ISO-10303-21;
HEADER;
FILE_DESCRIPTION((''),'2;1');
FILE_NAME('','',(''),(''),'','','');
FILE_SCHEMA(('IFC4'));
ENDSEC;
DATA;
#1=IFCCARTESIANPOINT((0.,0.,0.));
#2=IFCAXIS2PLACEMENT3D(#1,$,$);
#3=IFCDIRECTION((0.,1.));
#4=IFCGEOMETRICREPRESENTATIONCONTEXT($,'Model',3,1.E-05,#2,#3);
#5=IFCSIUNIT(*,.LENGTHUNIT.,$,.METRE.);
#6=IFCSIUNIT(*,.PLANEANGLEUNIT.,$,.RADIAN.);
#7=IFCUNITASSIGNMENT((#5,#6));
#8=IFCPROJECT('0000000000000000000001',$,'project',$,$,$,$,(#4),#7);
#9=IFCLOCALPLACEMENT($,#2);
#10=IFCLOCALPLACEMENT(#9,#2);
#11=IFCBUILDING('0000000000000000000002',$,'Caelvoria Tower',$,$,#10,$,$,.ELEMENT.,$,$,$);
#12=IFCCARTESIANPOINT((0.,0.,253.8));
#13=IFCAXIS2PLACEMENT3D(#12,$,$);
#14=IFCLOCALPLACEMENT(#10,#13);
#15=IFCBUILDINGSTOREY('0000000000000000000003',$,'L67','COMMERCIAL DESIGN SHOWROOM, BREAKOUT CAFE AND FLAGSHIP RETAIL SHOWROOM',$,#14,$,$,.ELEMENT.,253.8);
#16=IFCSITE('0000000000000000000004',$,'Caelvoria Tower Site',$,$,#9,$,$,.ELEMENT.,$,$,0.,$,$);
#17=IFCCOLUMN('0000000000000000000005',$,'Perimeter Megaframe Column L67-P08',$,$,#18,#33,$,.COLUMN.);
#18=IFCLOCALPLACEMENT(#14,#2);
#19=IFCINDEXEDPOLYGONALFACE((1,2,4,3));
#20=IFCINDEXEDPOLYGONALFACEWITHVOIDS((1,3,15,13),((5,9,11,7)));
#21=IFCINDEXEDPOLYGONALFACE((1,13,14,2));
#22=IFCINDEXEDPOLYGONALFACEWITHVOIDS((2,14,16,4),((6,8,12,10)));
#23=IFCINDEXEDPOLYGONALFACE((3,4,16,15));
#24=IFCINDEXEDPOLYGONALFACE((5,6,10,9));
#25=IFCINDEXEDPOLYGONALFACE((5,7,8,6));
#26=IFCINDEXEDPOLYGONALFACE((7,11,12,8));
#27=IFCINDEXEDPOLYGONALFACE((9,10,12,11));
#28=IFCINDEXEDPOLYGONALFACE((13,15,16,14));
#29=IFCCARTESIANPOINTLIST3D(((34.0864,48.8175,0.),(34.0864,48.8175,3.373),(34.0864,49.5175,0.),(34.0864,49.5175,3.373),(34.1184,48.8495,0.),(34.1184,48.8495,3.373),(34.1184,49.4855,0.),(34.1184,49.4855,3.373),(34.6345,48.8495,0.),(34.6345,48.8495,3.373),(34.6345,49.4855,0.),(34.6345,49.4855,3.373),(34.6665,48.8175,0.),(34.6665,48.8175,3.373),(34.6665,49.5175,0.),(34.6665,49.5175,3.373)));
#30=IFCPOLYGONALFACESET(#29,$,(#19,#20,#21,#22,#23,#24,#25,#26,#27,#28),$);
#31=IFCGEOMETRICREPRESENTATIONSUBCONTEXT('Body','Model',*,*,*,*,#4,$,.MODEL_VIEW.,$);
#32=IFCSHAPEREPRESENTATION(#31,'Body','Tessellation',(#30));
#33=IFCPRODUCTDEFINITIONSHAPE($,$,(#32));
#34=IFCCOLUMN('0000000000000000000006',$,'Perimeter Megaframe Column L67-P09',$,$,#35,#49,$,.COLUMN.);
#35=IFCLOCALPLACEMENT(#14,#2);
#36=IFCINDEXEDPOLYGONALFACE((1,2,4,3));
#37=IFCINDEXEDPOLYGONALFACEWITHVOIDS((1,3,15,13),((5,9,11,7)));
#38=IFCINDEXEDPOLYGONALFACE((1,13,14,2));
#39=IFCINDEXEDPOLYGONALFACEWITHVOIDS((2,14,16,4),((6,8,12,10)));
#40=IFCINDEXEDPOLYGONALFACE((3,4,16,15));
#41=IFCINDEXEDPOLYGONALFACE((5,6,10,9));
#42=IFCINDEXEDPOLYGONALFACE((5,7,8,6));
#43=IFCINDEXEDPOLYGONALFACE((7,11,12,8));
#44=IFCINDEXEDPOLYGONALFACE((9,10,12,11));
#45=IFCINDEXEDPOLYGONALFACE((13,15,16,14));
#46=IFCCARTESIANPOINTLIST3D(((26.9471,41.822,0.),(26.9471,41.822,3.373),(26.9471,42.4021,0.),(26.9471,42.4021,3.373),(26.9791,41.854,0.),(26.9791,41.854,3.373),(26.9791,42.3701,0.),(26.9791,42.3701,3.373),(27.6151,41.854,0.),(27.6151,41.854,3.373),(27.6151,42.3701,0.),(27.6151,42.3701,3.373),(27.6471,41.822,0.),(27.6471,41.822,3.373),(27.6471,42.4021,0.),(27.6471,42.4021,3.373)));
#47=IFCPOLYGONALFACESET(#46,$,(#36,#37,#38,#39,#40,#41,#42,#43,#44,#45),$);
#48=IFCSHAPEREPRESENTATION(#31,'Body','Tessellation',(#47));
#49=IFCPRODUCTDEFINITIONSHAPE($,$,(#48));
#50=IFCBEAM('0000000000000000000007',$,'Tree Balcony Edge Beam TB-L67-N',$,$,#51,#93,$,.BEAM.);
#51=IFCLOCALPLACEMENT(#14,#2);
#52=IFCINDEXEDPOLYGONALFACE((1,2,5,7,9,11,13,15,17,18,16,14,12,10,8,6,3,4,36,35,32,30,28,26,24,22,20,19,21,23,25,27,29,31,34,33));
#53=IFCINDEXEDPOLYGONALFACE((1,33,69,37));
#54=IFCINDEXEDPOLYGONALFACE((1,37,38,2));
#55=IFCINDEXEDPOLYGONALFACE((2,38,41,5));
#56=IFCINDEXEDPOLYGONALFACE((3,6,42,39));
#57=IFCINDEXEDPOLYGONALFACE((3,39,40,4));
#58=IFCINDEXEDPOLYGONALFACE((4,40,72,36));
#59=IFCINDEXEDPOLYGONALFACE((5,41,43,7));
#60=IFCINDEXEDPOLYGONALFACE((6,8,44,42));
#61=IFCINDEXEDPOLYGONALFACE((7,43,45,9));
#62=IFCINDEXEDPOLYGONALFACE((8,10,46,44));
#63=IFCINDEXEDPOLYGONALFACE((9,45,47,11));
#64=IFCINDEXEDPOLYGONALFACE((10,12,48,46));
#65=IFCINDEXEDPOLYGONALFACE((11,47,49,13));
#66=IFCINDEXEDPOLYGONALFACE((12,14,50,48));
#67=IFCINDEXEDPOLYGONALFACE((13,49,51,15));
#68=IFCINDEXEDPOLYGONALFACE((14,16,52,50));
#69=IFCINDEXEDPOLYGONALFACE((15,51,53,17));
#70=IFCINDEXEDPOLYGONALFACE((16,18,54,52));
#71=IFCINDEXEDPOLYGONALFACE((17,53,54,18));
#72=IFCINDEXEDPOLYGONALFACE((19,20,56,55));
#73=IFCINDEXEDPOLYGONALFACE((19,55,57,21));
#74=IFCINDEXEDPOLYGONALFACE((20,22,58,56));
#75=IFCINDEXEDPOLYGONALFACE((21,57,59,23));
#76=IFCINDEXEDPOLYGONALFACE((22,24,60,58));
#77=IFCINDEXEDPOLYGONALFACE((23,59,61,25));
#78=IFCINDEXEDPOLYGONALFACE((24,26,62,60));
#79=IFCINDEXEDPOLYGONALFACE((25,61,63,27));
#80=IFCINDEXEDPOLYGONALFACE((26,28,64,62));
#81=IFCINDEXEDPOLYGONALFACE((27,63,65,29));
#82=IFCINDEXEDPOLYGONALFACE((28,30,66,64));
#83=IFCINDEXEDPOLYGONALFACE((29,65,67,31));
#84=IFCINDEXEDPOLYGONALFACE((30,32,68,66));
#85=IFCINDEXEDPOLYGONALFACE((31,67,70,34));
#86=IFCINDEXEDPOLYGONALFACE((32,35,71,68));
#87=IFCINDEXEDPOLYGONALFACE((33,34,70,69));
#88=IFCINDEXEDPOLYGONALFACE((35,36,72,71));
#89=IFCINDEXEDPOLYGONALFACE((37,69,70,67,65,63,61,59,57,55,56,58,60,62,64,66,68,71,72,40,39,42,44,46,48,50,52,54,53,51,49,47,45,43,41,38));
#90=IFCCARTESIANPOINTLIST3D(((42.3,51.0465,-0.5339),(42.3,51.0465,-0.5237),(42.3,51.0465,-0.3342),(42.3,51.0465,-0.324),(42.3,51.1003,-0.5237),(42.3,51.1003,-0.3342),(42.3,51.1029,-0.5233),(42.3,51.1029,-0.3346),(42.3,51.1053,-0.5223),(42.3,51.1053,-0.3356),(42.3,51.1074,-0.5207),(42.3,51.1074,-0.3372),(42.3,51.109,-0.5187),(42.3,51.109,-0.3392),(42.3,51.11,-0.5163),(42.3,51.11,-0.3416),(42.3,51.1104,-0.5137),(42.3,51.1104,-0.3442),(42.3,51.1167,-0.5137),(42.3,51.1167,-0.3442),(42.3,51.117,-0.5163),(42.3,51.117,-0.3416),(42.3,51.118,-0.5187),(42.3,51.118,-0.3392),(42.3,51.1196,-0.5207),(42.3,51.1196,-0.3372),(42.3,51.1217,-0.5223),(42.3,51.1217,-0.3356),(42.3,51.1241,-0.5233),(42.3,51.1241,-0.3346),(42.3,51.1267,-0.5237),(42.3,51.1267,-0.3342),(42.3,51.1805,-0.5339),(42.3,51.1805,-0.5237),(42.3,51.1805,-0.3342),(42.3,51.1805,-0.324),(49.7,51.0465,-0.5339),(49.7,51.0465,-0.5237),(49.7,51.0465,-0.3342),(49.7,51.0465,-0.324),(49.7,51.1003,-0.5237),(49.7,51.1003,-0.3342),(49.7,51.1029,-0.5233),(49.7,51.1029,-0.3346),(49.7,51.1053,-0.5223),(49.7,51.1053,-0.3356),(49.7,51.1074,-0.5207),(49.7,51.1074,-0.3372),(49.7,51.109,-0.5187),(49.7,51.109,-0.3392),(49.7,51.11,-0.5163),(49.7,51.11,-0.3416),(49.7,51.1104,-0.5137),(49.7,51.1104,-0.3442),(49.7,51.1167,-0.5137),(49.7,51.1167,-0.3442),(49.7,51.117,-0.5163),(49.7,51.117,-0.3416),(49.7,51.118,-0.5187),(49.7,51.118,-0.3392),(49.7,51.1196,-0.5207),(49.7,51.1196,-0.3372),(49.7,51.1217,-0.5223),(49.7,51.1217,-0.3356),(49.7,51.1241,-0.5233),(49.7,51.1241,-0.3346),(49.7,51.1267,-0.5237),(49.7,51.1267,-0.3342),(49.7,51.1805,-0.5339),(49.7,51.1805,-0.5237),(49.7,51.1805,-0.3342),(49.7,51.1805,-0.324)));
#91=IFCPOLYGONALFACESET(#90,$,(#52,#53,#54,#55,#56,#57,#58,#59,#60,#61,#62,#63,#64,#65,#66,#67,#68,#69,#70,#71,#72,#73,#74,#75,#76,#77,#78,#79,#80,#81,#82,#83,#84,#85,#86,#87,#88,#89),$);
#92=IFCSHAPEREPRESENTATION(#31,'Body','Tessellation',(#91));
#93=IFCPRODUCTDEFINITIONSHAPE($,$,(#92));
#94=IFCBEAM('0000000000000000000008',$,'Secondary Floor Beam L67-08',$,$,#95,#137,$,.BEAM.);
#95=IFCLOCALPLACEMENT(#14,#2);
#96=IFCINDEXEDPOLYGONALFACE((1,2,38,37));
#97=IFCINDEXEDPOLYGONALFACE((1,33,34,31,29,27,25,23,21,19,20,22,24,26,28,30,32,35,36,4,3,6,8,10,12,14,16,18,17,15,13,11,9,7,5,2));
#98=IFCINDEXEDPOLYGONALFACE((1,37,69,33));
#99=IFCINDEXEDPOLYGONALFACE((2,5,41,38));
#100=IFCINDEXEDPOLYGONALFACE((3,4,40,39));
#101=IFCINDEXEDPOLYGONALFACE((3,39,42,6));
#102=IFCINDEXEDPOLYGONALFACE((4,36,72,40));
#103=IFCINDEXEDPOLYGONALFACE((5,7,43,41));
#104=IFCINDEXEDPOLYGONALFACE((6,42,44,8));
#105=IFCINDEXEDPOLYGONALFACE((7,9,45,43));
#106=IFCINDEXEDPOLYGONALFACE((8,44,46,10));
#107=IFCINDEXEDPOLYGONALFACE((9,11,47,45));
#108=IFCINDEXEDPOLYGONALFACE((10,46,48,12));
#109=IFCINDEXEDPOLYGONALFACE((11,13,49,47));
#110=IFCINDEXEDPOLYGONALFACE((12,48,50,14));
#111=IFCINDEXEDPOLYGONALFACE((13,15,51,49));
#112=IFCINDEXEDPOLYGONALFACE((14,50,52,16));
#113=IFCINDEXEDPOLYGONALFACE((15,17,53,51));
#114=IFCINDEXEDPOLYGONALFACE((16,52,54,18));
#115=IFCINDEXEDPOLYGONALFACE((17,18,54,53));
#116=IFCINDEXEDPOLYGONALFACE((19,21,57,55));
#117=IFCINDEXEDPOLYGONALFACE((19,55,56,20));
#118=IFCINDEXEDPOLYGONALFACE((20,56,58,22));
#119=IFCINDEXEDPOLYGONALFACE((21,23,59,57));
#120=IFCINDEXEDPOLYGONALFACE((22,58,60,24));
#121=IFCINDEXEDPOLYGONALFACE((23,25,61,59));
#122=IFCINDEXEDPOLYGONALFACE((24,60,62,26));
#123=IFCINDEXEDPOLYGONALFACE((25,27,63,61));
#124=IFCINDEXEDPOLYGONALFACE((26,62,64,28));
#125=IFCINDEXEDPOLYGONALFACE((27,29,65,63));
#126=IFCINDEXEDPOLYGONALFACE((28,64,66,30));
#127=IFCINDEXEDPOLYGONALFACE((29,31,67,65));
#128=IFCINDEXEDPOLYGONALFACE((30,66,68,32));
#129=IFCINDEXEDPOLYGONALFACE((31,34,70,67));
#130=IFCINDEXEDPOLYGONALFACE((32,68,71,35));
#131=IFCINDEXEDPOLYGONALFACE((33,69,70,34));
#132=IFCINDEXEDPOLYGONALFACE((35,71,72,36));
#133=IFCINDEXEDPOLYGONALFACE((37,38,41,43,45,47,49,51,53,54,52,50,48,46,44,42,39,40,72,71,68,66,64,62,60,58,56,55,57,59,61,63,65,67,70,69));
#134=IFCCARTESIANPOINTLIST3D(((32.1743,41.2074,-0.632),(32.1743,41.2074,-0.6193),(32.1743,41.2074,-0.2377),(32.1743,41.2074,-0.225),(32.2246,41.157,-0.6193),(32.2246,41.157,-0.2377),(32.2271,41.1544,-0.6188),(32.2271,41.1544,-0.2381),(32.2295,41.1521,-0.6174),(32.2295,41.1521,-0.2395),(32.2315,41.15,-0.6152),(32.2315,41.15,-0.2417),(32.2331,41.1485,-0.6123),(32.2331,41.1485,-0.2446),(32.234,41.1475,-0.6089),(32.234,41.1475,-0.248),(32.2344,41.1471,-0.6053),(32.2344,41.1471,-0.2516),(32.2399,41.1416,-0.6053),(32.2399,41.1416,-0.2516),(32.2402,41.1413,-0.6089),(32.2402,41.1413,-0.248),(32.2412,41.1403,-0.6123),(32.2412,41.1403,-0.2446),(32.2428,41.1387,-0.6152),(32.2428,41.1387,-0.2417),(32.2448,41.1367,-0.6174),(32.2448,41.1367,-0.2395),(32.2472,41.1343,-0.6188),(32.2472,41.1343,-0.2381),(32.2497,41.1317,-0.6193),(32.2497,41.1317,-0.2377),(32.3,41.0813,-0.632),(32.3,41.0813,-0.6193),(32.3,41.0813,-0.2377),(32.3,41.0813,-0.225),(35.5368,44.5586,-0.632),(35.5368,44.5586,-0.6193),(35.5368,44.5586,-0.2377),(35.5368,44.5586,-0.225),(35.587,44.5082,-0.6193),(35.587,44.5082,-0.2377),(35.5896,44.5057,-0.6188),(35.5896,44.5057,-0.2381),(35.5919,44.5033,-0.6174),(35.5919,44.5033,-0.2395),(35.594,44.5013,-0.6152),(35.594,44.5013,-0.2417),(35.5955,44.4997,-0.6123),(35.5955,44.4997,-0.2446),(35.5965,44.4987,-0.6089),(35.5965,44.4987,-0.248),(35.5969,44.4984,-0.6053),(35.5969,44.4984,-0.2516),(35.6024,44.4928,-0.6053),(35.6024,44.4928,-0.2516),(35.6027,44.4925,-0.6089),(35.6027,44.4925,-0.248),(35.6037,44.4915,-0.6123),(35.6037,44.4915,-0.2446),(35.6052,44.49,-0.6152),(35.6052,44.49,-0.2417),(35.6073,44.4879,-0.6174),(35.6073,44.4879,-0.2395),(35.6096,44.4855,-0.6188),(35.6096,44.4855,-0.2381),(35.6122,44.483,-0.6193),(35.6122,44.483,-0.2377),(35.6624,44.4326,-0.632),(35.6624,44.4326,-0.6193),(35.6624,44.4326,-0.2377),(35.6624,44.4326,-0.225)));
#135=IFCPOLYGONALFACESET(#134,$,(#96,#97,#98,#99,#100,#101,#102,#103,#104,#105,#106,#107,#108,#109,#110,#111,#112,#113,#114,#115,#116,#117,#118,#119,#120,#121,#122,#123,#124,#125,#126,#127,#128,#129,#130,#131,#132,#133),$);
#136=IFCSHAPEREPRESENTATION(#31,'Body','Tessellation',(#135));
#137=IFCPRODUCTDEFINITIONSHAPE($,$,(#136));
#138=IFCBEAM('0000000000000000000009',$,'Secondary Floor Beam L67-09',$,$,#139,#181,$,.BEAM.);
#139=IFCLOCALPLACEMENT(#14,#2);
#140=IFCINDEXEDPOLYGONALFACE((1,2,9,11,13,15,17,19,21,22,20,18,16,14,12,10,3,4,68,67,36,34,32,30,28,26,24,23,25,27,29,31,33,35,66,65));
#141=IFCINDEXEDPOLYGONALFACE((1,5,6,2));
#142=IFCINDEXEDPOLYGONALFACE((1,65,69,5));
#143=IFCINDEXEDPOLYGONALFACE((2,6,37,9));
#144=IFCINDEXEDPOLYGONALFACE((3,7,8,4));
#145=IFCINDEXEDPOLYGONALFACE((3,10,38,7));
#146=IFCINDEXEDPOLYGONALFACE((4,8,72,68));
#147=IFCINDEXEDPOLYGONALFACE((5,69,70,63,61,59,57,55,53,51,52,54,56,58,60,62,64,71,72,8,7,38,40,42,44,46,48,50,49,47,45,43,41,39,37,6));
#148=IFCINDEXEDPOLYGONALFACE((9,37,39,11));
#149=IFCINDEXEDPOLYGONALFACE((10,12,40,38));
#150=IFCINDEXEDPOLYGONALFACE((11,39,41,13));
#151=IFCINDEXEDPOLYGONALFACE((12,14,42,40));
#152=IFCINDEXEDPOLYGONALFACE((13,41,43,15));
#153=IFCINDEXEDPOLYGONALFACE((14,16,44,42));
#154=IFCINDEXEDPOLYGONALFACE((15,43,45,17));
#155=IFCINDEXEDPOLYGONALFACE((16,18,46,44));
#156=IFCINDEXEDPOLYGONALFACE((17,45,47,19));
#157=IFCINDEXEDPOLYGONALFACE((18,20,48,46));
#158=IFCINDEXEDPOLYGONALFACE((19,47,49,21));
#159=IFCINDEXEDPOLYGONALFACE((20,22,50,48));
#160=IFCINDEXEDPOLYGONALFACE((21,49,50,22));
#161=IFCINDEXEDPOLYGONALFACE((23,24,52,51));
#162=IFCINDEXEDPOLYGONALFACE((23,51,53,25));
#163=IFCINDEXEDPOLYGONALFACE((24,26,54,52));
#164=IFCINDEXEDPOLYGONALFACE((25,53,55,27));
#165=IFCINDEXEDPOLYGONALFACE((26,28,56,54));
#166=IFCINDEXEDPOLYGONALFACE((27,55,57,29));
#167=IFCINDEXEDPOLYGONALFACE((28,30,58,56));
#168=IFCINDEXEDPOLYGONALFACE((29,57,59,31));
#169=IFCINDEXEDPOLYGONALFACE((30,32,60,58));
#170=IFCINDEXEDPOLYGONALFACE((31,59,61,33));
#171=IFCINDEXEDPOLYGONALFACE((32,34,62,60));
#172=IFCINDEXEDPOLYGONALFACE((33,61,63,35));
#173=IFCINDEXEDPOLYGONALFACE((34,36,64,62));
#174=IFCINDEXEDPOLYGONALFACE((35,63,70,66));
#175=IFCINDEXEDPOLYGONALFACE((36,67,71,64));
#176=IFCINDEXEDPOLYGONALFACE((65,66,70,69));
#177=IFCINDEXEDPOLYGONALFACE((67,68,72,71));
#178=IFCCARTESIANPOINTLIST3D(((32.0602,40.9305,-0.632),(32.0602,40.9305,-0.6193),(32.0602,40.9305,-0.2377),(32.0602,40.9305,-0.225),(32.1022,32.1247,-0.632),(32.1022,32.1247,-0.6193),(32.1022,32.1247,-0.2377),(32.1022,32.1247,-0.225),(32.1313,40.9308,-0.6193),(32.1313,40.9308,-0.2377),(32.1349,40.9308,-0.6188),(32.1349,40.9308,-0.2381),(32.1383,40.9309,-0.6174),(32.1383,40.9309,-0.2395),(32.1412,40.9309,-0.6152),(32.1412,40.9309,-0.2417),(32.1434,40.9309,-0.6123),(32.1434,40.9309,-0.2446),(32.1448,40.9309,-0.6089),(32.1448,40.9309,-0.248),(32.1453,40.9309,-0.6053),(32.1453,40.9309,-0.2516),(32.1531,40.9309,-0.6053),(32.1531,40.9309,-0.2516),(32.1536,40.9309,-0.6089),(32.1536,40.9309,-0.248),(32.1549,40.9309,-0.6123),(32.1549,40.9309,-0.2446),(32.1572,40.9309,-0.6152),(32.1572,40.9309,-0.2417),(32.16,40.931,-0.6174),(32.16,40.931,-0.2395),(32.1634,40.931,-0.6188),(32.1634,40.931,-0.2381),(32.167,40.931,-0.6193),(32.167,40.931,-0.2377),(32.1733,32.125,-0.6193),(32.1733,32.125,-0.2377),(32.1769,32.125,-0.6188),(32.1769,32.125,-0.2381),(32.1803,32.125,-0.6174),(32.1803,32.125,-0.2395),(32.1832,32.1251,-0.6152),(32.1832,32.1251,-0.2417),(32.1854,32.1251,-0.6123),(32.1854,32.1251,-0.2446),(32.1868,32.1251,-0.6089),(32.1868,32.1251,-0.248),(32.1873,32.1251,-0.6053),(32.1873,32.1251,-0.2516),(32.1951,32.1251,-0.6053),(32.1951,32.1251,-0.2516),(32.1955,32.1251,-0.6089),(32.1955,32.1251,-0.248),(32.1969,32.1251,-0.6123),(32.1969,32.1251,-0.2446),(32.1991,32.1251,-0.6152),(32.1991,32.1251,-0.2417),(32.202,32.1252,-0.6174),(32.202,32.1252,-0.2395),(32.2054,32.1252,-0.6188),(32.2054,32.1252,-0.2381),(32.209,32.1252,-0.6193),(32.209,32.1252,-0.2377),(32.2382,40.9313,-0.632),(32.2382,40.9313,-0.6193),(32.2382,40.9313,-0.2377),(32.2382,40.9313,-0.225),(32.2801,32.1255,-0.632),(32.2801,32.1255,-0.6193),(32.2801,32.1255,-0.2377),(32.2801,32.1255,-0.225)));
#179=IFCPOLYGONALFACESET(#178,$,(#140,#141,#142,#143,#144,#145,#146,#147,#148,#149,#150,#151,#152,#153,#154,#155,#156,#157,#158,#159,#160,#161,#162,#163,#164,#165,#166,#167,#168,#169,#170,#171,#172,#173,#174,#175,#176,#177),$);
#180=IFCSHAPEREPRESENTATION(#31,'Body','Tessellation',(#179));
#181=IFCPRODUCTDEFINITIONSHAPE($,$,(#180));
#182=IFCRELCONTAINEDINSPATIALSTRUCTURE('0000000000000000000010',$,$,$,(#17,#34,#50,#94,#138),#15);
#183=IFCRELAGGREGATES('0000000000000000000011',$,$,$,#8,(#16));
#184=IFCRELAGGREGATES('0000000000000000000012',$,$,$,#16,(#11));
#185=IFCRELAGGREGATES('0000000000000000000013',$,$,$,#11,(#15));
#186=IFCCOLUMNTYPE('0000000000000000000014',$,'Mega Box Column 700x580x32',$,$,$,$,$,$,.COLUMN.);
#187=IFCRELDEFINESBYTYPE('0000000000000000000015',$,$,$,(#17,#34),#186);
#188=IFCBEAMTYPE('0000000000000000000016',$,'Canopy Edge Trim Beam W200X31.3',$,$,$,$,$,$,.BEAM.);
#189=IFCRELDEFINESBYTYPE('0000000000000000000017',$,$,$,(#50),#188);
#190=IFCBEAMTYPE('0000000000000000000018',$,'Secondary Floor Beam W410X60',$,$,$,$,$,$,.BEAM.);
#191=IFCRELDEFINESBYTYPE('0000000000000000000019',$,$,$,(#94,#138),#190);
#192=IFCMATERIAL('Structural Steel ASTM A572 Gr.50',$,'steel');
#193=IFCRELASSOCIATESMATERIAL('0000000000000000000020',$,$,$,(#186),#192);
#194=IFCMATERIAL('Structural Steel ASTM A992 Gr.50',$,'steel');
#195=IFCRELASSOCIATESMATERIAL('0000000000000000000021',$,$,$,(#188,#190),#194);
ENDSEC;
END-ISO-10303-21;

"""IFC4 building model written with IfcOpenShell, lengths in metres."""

from ifc_helpers import new_model, si_unit, direction, frame, origin, origin_2d, place, context, subcontext, project, spatial, hollow_rectangle, i_section, extrude, material, material_profile, profile_set, type_object, element, save


model = new_model("IFC4")

# Units and contexts
model_context = context("Model", 3, precision=1e-05, world=origin(), true_north=direction((0.0, 1.0)))
body_context = subcontext(model_context, "Body", "Model", "MODEL_VIEW")
ifc_project = project(units=[si_unit("LENGTHUNIT", "METRE"), si_unit("PLANEANGLEUNIT", "RADIAN")], contexts=[model_context])

# Site, building, storey
site_placement = place(None, origin())
site = spatial("IfcSite", under=ifc_project, at=site_placement, Name="Caelvoria Tower Site", CompositionType="ELEMENT", RefElevation=0.0)
building_placement = place(site_placement, origin())
building = spatial("IfcBuilding", under=site, at=building_placement, Name="Caelvoria Tower", CompositionType="ELEMENT")
storey_placement = place(building_placement, frame((0.0, 0.0, 253.8)))
storey = spatial("IfcBuildingStorey", under=building, at=storey_placement, Name="L67", Description="COMMERCIAL DESIGN SHOWROOM, BREAKOUT CAFE AND FLAGSHIP RETAIL SHOWROOM", CompositionType="ELEMENT", Elevation=253.8)

# Columns
ifc_material_1 = material(Name="Structural Steel ASTM A572 Gr.50", Category="steel")
ifc_material_profile_1 = material_profile(ifc_material_1, hollow_rectangle(XDim=0.5801, YDim=0.7, WallThickness=0.032, at=origin_2d()), Name="Structural Steel ASTM A572 Gr.50")
ifc_profile_set_1 = profile_set([ifc_material_profile_1], Name="BOX700X580X32 - Structural Steel ASTM A572 Gr.50")
column_type = type_object("IfcColumnType", Name="Mega Box Column 700x580x32", PredefinedType="COLUMN", material=ifc_profile_set_1)
for number, where, z_axis, x_axis, name in (
    (1, (34.3765, 49.1675, 0.0), (0.0, 0.0, 1.0), (1.0, 0.0, 0.0), "Perimeter Megaframe Column L67-P08"),
    (2, (27.2971, 42.1121, 0.0), (0.0, 0.0, 1.0), (0.0, 1.0, 0.0), "Perimeter Megaframe Column L67-P09"),
):
    element("IfcColumn", number, at=place(storey_placement, frame(where, z_axis=z_axis, x_axis=x_axis)), inside=storey, type_object=column_type, Name=name, PredefinedType="COLUMN", context=body_context, shape_type="SweptSolid", body=[
        extrude(hollow_rectangle(XDim=0.5801, YDim=0.7, WallThickness=0.032, at=origin_2d()), origin(), (0.0, 0.0, 1.0), 3.373),
    ])

# Beams
ifc_material_2 = material(Name="Structural Steel ASTM A992 Gr.50", Category="steel")
ifc_material_profile_2 = material_profile(ifc_material_2, i_section(OverallWidth=0.134, OverallDepth=0.21, WebThickness=0.0063, FlangeThickness=0.0103, FilletRadius=0.01, at=origin_2d()), Name="Structural Steel ASTM A992 Gr.50")
ifc_profile_set_2 = profile_set([ifc_material_profile_2], Name="W200X31.3 - Structural Steel ASTM A992 Gr.50")
beam_type_1 = type_object("IfcBeamType", Name="Canopy Edge Trim Beam W200X31.3", PredefinedType="BEAM", material=ifc_profile_set_2)
beam_1_placement = place(storey_placement, frame((42.3, 51.1135, -0.429), z_axis=(1.0, 0.0, 0.0), x_axis=(0.0, 1.0, 0.0)))
element("IfcBeam", 3, at=beam_1_placement, inside=storey, type_object=beam_type_1, Name="Tree Balcony Edge Beam TB-L67-N", PredefinedType="BEAM", context=body_context, shape_type="SweptSolid", body=[
    extrude(i_section(OverallWidth=0.134, OverallDepth=0.21, WebThickness=0.0063, FlangeThickness=0.0103, FilletRadius=0.01, at=origin_2d()), origin(), (0.0, 0.0, 1.0), 7.3999),
])
ifc_material_profile_3 = material_profile(ifc_material_2, i_section(OverallWidth=0.178, OverallDepth=0.407, WebThickness=0.0078, FlangeThickness=0.0127, FilletRadius=0.0139, at=origin_2d()), Name="Structural Steel ASTM A992 Gr.50")
ifc_profile_set_3 = profile_set([ifc_material_profile_3], Name="W410X60 - Structural Steel ASTM A992 Gr.50")
beam_type_2 = type_object("IfcBeamType", Name="Secondary Floor Beam W410X60", PredefinedType="BEAM", material=ifc_profile_set_3)
beam_2_placement = place(storey_placement, frame((35.5996, 44.4956, -0.4285), z_axis=(-0.708289, -0.705923, 0.0), x_axis=(0.705923, -0.708289, 0.0)))
element("IfcBeam", 4, at=beam_2_placement, inside=storey, type_object=beam_type_2, Name="Secondary Floor Beam L67-08", PredefinedType="BEAM", context=body_context, shape_type="SweptSolid", body=[
    extrude(i_section(OverallWidth=0.178, OverallDepth=0.407, WebThickness=0.0078, FlangeThickness=0.0127, FilletRadius=0.0139, at=origin_2d()), origin(), (0.0, 0.0, 1.0), 4.7473),
])
beam_3_placement = place(storey_placement, frame((32.1492, 40.9309, -0.4285), z_axis=(0.004769, -0.999989, 0.0), x_axis=(0.999989, 0.004769, 0.0)))
element("IfcBeam", 5, at=beam_3_placement, inside=storey, type_object=beam_type_2, Name="Secondary Floor Beam L67-09", PredefinedType="BEAM", context=body_context, shape_type="SweptSolid", body=[
    extrude(i_section(OverallWidth=0.178, OverallDepth=0.407, WebThickness=0.0078, FlangeThickness=0.0127, FilletRadius=0.0139, at=origin_2d()), origin(), (0.0, 0.0, 1.0), 8.8059),
])

save(model, "model.ifc")
